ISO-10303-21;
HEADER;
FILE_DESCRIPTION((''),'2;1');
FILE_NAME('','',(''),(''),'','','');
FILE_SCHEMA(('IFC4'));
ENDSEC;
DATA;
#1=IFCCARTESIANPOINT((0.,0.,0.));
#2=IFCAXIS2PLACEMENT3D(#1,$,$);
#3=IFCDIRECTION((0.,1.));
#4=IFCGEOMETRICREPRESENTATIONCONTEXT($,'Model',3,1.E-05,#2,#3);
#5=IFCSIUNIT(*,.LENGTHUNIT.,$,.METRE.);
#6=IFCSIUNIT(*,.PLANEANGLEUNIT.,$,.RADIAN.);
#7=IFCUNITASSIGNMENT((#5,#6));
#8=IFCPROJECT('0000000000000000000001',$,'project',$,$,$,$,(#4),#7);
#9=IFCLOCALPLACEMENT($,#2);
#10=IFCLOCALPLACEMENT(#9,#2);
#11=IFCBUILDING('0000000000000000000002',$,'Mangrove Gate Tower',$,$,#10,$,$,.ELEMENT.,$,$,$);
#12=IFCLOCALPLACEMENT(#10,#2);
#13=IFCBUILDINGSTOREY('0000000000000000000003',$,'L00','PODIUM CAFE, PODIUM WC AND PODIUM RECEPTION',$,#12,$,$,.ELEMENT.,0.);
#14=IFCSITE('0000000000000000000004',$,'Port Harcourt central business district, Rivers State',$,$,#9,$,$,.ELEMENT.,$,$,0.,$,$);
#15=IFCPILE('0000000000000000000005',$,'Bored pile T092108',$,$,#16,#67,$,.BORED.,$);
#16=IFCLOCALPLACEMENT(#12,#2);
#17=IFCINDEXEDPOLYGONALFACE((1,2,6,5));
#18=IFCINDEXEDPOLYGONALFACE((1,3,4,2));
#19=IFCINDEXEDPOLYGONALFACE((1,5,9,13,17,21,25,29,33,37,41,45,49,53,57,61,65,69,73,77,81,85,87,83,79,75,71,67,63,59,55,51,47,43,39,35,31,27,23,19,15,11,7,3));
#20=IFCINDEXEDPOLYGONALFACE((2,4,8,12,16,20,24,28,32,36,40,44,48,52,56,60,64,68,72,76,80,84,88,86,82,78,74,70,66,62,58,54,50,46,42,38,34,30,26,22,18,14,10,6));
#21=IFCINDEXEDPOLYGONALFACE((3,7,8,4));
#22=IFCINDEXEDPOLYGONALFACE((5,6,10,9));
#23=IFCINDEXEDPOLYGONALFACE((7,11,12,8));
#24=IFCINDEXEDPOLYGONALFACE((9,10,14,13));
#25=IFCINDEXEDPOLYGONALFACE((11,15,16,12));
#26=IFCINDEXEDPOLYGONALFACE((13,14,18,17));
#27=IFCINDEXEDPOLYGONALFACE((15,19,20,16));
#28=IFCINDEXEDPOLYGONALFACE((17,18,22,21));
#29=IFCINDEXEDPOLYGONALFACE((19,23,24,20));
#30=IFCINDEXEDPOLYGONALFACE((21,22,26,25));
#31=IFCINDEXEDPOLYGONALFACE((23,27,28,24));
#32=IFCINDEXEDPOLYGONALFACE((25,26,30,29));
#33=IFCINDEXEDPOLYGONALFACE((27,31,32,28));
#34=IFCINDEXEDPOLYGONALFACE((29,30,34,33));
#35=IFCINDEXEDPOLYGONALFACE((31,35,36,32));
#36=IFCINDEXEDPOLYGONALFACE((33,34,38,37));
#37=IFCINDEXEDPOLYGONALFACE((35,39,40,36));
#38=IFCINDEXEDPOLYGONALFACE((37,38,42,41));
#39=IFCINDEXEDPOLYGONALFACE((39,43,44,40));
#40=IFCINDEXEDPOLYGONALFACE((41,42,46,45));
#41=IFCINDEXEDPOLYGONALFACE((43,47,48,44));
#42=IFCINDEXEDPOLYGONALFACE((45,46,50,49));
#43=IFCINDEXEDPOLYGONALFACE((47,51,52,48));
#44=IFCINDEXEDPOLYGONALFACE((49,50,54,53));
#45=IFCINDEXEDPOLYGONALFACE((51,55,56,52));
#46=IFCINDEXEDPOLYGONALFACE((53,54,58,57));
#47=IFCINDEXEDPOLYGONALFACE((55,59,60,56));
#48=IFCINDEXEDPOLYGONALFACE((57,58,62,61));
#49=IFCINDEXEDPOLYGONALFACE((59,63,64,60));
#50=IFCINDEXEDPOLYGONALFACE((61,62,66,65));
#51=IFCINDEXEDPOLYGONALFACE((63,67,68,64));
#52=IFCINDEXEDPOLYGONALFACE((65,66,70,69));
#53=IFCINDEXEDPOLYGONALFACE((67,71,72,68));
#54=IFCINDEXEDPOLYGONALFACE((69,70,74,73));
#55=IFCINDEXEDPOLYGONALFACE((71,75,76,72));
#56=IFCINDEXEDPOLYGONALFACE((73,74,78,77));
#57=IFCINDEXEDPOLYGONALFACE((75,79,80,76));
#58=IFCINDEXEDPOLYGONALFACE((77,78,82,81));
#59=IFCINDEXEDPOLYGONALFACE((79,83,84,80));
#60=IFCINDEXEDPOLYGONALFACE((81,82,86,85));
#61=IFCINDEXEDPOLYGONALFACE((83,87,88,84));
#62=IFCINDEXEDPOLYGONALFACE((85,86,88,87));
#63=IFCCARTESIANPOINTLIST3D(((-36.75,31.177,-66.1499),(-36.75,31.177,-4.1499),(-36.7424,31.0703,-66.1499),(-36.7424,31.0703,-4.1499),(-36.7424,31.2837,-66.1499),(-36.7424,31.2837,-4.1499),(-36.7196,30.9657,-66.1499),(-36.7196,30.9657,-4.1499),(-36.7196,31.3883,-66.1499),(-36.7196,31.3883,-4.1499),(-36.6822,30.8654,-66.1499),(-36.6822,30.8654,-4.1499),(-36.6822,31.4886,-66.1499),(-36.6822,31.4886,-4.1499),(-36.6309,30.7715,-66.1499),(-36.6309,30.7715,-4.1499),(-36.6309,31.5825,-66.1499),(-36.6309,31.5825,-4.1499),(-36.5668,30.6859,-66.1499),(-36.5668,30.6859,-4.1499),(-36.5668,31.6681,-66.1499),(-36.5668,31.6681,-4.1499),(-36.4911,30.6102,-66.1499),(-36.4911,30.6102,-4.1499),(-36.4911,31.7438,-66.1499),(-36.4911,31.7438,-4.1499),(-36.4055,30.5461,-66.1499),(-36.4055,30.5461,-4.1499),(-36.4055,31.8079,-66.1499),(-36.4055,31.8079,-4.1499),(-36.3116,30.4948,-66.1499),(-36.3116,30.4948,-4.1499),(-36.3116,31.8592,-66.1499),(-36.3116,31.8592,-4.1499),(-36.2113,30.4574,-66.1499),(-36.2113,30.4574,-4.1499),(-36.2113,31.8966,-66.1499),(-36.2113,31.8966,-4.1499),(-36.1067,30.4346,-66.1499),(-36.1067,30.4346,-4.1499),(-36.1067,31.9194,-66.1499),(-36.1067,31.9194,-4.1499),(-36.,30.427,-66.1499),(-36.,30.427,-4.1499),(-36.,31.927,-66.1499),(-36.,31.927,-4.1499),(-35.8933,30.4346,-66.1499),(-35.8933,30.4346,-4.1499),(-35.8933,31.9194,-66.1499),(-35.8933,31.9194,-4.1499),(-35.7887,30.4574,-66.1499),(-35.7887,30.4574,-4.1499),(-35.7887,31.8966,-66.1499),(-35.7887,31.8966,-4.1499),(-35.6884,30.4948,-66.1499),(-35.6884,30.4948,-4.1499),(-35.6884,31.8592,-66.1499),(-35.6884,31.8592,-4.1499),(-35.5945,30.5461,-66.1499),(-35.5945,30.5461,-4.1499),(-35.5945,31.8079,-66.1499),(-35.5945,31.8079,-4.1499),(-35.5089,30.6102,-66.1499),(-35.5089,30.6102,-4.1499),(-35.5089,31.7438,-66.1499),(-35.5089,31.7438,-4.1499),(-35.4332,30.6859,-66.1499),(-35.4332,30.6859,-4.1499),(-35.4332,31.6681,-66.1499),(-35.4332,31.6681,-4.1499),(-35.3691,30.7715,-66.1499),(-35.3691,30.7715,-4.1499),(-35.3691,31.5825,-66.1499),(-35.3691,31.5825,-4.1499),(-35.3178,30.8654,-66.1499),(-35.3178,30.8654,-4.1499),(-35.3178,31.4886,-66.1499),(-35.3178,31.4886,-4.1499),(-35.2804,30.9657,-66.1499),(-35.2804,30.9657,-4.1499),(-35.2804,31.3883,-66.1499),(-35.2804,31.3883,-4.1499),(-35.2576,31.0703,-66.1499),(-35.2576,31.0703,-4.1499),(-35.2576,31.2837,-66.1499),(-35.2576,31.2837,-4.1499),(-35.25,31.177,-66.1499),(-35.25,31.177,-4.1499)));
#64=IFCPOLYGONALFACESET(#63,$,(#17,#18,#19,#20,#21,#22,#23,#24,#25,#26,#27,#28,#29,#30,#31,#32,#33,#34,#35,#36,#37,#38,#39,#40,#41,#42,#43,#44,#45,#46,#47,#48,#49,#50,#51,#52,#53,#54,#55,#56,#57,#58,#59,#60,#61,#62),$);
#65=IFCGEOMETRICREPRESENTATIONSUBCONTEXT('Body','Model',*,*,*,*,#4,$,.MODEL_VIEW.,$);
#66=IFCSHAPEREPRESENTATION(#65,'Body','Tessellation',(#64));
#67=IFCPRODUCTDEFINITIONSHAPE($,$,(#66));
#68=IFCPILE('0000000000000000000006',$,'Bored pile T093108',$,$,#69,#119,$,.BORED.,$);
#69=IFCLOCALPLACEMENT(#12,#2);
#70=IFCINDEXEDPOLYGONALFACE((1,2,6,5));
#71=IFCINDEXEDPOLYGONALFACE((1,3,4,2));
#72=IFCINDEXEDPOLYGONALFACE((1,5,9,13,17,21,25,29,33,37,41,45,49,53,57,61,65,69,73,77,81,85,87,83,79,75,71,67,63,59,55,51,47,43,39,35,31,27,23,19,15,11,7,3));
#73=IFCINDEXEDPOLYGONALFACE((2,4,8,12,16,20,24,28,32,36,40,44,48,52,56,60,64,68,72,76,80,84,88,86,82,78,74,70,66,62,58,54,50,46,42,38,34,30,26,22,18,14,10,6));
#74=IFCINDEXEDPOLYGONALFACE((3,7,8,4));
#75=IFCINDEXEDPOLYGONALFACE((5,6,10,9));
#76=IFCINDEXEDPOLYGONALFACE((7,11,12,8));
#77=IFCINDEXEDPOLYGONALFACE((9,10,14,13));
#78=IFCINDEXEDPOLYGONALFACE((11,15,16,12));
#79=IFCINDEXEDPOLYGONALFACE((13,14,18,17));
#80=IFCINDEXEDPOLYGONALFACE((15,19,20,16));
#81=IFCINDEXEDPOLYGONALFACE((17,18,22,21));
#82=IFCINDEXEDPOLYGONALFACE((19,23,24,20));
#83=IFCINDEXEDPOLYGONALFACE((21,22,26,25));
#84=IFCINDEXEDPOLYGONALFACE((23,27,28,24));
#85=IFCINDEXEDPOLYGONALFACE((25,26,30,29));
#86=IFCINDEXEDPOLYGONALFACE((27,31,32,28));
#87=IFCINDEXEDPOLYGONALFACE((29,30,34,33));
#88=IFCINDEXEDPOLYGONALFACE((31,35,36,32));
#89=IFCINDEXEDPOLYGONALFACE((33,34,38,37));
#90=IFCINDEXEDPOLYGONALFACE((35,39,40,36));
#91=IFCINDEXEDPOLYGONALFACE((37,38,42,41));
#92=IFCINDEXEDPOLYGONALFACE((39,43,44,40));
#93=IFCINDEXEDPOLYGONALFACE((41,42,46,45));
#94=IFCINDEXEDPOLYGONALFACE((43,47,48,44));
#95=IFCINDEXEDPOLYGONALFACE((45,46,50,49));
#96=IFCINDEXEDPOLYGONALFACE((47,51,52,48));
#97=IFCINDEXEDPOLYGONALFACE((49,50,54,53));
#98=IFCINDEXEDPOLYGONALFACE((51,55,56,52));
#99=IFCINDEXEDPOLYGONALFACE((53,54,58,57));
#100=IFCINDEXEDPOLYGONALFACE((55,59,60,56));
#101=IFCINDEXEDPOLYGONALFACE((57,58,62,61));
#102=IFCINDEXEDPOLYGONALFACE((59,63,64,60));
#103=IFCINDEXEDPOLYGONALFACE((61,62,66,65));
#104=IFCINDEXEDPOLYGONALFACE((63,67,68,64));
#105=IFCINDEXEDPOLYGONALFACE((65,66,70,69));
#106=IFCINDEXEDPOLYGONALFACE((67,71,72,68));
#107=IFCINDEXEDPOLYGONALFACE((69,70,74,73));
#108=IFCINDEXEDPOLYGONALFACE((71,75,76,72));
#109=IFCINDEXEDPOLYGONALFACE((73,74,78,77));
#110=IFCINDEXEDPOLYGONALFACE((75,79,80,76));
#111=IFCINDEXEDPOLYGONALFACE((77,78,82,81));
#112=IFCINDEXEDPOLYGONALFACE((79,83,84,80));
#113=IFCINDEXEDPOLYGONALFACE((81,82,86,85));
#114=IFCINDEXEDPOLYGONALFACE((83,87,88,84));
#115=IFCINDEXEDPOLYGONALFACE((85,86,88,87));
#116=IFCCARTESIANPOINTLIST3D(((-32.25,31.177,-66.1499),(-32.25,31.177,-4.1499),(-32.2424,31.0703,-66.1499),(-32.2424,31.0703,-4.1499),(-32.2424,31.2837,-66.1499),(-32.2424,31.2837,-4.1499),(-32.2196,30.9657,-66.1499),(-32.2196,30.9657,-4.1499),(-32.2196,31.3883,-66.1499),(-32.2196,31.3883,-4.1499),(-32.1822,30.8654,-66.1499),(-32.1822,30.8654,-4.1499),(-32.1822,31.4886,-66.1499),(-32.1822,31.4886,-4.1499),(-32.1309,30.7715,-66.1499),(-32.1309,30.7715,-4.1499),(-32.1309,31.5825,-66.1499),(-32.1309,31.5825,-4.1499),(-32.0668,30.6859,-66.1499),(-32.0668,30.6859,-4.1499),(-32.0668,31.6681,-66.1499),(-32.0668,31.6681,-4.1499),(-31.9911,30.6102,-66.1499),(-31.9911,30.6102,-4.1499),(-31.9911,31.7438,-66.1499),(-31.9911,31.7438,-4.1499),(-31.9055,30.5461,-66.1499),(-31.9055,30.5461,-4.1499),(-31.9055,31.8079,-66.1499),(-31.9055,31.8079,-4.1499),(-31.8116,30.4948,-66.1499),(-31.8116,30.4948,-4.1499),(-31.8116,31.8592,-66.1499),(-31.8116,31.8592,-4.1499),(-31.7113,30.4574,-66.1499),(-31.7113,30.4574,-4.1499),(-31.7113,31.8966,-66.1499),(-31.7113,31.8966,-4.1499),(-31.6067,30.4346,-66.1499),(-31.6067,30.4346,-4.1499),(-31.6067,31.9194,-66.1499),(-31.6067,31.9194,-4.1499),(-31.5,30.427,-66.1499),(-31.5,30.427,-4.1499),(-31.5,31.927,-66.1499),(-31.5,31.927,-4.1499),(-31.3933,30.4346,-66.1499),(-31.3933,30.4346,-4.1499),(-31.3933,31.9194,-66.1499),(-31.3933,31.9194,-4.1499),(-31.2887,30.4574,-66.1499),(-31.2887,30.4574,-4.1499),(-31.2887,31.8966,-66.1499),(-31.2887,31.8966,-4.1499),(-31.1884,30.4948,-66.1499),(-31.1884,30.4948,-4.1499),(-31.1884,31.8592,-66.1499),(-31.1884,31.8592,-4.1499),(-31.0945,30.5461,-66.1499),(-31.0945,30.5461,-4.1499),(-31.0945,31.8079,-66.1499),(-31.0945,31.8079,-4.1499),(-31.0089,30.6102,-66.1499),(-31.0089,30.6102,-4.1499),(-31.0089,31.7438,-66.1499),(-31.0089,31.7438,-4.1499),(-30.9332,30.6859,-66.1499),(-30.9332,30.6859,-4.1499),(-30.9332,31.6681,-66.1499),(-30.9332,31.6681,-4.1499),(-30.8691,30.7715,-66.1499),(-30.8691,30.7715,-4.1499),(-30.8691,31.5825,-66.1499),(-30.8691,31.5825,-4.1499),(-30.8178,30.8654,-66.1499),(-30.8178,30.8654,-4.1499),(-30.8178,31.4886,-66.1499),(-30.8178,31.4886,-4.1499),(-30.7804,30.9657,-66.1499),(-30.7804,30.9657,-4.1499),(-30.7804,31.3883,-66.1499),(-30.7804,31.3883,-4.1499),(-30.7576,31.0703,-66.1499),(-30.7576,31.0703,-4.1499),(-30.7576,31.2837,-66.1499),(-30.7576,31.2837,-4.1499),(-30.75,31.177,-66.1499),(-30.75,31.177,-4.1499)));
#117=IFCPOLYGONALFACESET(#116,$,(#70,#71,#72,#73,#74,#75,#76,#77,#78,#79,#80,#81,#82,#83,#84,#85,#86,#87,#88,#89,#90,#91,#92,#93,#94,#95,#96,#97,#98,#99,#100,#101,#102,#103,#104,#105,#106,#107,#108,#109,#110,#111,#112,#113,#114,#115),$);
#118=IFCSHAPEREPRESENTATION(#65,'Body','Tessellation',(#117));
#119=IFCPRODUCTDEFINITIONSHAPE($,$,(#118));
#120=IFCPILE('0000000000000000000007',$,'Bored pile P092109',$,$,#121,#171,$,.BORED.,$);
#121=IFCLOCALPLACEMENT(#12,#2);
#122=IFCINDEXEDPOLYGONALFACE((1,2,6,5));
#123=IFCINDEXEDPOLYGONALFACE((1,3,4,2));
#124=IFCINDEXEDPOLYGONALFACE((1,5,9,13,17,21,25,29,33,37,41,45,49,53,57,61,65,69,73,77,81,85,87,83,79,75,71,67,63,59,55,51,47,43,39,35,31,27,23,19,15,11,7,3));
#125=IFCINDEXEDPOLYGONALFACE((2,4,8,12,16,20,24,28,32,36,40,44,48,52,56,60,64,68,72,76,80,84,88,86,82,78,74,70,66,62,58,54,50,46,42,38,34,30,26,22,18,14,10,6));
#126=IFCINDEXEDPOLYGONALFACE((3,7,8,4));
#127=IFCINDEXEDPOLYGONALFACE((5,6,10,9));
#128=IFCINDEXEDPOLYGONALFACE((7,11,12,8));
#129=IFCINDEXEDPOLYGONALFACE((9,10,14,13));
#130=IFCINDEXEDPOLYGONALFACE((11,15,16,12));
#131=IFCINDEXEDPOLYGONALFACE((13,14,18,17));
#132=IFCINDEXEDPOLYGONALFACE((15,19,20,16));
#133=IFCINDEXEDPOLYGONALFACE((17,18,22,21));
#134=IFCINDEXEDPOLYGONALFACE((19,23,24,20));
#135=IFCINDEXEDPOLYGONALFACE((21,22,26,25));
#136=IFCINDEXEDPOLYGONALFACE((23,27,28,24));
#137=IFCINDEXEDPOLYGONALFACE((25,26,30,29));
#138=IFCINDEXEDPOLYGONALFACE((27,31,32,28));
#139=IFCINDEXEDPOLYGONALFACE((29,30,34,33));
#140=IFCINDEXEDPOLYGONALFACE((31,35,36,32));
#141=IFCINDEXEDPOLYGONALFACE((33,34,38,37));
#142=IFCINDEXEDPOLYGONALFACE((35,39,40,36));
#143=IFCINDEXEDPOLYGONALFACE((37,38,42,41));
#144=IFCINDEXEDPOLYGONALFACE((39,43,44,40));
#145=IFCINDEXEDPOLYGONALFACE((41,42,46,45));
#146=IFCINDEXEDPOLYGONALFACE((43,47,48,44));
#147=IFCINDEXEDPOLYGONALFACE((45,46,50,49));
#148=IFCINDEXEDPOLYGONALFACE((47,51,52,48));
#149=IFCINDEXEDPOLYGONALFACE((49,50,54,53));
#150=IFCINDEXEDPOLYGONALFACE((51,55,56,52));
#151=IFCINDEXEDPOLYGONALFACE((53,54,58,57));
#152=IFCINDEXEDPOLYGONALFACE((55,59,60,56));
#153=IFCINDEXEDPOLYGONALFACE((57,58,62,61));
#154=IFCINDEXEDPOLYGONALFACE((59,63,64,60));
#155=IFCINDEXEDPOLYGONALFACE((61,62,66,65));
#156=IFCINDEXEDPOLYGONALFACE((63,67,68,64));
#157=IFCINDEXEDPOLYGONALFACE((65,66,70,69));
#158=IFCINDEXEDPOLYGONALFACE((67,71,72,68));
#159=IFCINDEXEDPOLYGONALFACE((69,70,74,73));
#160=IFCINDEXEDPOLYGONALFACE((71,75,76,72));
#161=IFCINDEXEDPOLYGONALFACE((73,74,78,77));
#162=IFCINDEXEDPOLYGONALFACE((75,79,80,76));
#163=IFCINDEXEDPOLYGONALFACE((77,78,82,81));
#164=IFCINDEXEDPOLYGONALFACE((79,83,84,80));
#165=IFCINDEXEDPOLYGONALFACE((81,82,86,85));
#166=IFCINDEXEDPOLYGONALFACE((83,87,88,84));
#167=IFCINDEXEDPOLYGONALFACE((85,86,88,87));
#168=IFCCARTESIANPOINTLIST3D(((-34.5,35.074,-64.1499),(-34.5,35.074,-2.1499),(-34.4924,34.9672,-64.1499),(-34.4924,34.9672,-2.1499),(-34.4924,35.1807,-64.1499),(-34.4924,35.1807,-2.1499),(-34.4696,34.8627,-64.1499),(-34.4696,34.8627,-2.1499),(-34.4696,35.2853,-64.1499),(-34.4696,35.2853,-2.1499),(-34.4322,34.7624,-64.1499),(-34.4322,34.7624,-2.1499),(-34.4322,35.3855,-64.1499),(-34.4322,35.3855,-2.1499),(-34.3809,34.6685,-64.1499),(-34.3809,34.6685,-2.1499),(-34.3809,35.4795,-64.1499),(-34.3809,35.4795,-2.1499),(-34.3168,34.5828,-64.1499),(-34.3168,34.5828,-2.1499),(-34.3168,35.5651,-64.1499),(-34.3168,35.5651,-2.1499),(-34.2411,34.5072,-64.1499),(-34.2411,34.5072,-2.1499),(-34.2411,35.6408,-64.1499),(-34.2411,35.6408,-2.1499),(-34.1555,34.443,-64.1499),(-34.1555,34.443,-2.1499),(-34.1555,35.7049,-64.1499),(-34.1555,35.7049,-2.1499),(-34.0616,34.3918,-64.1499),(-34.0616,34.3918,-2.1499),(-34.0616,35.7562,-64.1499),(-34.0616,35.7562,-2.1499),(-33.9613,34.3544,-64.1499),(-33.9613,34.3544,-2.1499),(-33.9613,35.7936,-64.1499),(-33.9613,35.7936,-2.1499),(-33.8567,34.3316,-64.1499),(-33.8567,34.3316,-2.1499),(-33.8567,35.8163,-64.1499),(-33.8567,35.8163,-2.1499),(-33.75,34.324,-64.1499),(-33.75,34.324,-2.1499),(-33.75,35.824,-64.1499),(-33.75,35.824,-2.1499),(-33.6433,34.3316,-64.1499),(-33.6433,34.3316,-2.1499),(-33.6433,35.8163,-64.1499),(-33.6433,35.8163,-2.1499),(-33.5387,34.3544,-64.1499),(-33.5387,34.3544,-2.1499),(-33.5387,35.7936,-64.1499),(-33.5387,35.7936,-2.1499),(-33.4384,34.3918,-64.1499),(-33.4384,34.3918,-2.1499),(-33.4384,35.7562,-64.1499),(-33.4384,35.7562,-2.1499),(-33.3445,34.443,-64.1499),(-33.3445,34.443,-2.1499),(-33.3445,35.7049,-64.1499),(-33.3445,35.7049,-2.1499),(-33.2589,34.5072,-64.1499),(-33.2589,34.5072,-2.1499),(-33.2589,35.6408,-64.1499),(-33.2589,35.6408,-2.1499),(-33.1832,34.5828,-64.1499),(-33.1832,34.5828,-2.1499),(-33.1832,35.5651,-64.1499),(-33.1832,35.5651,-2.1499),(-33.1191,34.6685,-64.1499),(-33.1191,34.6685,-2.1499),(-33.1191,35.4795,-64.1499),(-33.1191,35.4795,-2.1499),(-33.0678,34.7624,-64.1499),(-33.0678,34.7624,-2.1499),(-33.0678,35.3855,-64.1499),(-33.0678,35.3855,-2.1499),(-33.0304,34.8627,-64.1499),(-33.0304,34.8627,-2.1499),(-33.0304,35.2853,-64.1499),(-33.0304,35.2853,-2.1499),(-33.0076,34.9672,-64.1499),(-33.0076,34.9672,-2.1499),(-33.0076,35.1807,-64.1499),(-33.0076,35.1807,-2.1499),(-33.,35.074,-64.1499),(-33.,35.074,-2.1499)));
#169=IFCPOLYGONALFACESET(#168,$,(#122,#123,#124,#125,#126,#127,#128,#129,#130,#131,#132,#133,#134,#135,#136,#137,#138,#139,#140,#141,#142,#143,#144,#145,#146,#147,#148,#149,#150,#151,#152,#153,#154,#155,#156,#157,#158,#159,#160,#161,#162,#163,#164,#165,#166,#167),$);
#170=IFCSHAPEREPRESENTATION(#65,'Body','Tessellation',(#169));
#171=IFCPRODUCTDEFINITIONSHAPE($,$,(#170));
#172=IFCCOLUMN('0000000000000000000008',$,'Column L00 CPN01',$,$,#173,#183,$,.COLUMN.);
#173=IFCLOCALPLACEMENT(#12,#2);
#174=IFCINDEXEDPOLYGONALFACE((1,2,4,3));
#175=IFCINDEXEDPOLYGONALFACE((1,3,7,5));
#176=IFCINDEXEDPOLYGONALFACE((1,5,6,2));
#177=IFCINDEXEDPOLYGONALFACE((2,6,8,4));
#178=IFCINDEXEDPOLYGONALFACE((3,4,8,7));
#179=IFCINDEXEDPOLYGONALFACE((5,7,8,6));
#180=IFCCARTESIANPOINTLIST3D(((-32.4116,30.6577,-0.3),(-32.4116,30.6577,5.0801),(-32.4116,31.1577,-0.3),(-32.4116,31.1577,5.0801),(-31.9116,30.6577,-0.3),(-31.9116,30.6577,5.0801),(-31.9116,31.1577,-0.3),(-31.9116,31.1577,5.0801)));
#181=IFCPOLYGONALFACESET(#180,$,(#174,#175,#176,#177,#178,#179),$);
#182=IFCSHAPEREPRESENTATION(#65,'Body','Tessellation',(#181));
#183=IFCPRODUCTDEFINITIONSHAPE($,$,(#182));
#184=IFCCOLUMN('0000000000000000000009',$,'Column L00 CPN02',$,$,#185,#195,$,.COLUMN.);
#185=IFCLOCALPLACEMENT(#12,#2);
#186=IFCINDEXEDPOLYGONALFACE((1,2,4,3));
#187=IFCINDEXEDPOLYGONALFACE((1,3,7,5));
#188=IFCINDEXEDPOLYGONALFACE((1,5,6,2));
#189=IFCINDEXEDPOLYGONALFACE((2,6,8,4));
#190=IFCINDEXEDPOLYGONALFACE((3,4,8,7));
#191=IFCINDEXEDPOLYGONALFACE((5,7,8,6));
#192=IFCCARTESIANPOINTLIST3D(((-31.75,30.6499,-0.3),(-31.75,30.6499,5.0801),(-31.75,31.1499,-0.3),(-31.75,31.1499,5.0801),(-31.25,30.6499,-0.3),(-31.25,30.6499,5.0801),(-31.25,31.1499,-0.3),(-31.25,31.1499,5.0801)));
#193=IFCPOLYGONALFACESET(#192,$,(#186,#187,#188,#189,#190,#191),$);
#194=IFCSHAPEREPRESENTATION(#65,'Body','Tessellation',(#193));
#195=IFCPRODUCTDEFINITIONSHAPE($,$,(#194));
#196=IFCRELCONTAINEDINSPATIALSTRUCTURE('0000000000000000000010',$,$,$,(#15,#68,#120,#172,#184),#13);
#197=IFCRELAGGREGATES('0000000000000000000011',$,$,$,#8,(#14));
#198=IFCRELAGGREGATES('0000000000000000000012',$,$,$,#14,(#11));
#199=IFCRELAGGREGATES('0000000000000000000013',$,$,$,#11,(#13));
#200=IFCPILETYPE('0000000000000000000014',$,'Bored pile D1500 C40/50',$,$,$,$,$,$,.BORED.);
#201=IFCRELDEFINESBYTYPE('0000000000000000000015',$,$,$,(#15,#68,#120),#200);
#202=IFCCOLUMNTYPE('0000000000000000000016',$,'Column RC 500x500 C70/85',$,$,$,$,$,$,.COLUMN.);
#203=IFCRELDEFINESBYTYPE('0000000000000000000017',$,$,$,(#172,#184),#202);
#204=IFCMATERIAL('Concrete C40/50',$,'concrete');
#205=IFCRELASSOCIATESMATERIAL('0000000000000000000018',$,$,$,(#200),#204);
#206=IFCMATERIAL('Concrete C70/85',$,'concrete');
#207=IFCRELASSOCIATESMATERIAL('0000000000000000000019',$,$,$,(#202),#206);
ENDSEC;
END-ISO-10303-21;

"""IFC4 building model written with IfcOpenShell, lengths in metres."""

from ifc_helpers import new_model, si_unit, direction, frame, origin, origin_2d, place, context, subcontext, project, spatial, rectangle, circle, extrude, material, material_profile, profile_set, type_object, element, save


model = new_model("IFC4")

# Units and contexts
model_context = context("Model", 3, precision=1e-05, world=origin(), true_north=direction((0.0, 1.0)))
body_context = subcontext(model_context, "Body", "Model", "MODEL_VIEW")
ifc_project = project(units=[si_unit("LENGTHUNIT", "METRE"), si_unit("PLANEANGLEUNIT", "RADIAN")], contexts=[model_context])

# Site, building, storey
site_placement = place(None, origin())
site = spatial("IfcSite", under=ifc_project, at=site_placement, Name="Port Harcourt central business district, Rivers State", CompositionType="ELEMENT", RefElevation=0.0)
building_placement = place(site_placement, origin())
building = spatial("IfcBuilding", under=site, at=building_placement, Name="Mangrove Gate Tower", CompositionType="ELEMENT")
storey_placement = place(building_placement, origin())
storey = spatial("IfcBuildingStorey", under=building, at=storey_placement, Name="L00", Description="PODIUM CAFE, PODIUM WC AND PODIUM RECEPTION", CompositionType="ELEMENT", Elevation=0.0)

# Piles
ifc_material_1 = material(Name="Concrete C40/50", Category="concrete")
ifc_material_profile_1 = material_profile(ifc_material_1, circle(Radius=0.75, at=origin_2d()))
ifc_profile_set_1 = profile_set([ifc_material_profile_1], Name="Concrete C40/50")
pile_type = type_object("IfcPileType", Name="Bored pile D1500 C40/50", PredefinedType="BORED", material=ifc_profile_set_1)
for number, where, z_axis, x_axis, name in (
    (1, (-36.0, 31.177, -4.1499), (0.0, 0.0, -1.0), (1.0, 0.0, 0.0), "Bored pile T092108"),
    (2, (-31.5, 31.177, -4.1499), (0.0, 0.0, -1.0), (1.0, 0.0, 0.0), "Bored pile T093108"),
    (3, (-33.75, 35.074, -2.1499), (0.0, 0.0, -1.0), (1.0, 0.0, 0.0), "Bored pile P092109"),
):
    element("IfcPile", number, at=place(storey_placement, frame(where, z_axis=z_axis, x_axis=x_axis)), inside=storey, type_object=pile_type, Name=name, PredefinedType="BORED", context=body_context, shape_type="SweptSolid", body=[
        extrude(circle(Radius=0.75, at=origin_2d()), origin(), (0.0, 0.0, 1.0), 62.0),
    ])

# Columns
ifc_material_2 = material(Name="Concrete C70/85", Category="concrete")
ifc_material_profile_2 = material_profile(ifc_material_2, rectangle(XDim=0.5, YDim=0.5, at=origin_2d()))
ifc_profile_set_2 = profile_set([ifc_material_profile_2], Name="Concrete C70/85")
column_type_1 = type_object("IfcColumnType", Name="Column RC 500x500 C70/85", PredefinedType="COLUMN", material=ifc_profile_set_2)
for number, where, z_axis, x_axis, name in (
    (4, (-32.1616, 30.9077, -0.3), (0.0, 0.0, 1.0), (1.0, 0.0, 0.0), "Column L00 CPN01"),
    (5, (-31.5, 30.8999, -0.3), (0.0, 0.0, 1.0), (1.0, 0.0, 0.0), "Column L00 CPN02"),
):
    element("IfcColumn", number, at=place(storey_placement, frame(where, z_axis=z_axis, x_axis=x_axis)), inside=storey, type_object=column_type_1, Name=name, PredefinedType="COLUMN", context=body_context, shape_type="SweptSolid", body=[
        extrude(rectangle(XDim=0.5, YDim=0.5, at=origin_2d()), origin(), (0.0, 0.0, 1.0), 5.3801),
    ])

save(model, "model.ifc")
